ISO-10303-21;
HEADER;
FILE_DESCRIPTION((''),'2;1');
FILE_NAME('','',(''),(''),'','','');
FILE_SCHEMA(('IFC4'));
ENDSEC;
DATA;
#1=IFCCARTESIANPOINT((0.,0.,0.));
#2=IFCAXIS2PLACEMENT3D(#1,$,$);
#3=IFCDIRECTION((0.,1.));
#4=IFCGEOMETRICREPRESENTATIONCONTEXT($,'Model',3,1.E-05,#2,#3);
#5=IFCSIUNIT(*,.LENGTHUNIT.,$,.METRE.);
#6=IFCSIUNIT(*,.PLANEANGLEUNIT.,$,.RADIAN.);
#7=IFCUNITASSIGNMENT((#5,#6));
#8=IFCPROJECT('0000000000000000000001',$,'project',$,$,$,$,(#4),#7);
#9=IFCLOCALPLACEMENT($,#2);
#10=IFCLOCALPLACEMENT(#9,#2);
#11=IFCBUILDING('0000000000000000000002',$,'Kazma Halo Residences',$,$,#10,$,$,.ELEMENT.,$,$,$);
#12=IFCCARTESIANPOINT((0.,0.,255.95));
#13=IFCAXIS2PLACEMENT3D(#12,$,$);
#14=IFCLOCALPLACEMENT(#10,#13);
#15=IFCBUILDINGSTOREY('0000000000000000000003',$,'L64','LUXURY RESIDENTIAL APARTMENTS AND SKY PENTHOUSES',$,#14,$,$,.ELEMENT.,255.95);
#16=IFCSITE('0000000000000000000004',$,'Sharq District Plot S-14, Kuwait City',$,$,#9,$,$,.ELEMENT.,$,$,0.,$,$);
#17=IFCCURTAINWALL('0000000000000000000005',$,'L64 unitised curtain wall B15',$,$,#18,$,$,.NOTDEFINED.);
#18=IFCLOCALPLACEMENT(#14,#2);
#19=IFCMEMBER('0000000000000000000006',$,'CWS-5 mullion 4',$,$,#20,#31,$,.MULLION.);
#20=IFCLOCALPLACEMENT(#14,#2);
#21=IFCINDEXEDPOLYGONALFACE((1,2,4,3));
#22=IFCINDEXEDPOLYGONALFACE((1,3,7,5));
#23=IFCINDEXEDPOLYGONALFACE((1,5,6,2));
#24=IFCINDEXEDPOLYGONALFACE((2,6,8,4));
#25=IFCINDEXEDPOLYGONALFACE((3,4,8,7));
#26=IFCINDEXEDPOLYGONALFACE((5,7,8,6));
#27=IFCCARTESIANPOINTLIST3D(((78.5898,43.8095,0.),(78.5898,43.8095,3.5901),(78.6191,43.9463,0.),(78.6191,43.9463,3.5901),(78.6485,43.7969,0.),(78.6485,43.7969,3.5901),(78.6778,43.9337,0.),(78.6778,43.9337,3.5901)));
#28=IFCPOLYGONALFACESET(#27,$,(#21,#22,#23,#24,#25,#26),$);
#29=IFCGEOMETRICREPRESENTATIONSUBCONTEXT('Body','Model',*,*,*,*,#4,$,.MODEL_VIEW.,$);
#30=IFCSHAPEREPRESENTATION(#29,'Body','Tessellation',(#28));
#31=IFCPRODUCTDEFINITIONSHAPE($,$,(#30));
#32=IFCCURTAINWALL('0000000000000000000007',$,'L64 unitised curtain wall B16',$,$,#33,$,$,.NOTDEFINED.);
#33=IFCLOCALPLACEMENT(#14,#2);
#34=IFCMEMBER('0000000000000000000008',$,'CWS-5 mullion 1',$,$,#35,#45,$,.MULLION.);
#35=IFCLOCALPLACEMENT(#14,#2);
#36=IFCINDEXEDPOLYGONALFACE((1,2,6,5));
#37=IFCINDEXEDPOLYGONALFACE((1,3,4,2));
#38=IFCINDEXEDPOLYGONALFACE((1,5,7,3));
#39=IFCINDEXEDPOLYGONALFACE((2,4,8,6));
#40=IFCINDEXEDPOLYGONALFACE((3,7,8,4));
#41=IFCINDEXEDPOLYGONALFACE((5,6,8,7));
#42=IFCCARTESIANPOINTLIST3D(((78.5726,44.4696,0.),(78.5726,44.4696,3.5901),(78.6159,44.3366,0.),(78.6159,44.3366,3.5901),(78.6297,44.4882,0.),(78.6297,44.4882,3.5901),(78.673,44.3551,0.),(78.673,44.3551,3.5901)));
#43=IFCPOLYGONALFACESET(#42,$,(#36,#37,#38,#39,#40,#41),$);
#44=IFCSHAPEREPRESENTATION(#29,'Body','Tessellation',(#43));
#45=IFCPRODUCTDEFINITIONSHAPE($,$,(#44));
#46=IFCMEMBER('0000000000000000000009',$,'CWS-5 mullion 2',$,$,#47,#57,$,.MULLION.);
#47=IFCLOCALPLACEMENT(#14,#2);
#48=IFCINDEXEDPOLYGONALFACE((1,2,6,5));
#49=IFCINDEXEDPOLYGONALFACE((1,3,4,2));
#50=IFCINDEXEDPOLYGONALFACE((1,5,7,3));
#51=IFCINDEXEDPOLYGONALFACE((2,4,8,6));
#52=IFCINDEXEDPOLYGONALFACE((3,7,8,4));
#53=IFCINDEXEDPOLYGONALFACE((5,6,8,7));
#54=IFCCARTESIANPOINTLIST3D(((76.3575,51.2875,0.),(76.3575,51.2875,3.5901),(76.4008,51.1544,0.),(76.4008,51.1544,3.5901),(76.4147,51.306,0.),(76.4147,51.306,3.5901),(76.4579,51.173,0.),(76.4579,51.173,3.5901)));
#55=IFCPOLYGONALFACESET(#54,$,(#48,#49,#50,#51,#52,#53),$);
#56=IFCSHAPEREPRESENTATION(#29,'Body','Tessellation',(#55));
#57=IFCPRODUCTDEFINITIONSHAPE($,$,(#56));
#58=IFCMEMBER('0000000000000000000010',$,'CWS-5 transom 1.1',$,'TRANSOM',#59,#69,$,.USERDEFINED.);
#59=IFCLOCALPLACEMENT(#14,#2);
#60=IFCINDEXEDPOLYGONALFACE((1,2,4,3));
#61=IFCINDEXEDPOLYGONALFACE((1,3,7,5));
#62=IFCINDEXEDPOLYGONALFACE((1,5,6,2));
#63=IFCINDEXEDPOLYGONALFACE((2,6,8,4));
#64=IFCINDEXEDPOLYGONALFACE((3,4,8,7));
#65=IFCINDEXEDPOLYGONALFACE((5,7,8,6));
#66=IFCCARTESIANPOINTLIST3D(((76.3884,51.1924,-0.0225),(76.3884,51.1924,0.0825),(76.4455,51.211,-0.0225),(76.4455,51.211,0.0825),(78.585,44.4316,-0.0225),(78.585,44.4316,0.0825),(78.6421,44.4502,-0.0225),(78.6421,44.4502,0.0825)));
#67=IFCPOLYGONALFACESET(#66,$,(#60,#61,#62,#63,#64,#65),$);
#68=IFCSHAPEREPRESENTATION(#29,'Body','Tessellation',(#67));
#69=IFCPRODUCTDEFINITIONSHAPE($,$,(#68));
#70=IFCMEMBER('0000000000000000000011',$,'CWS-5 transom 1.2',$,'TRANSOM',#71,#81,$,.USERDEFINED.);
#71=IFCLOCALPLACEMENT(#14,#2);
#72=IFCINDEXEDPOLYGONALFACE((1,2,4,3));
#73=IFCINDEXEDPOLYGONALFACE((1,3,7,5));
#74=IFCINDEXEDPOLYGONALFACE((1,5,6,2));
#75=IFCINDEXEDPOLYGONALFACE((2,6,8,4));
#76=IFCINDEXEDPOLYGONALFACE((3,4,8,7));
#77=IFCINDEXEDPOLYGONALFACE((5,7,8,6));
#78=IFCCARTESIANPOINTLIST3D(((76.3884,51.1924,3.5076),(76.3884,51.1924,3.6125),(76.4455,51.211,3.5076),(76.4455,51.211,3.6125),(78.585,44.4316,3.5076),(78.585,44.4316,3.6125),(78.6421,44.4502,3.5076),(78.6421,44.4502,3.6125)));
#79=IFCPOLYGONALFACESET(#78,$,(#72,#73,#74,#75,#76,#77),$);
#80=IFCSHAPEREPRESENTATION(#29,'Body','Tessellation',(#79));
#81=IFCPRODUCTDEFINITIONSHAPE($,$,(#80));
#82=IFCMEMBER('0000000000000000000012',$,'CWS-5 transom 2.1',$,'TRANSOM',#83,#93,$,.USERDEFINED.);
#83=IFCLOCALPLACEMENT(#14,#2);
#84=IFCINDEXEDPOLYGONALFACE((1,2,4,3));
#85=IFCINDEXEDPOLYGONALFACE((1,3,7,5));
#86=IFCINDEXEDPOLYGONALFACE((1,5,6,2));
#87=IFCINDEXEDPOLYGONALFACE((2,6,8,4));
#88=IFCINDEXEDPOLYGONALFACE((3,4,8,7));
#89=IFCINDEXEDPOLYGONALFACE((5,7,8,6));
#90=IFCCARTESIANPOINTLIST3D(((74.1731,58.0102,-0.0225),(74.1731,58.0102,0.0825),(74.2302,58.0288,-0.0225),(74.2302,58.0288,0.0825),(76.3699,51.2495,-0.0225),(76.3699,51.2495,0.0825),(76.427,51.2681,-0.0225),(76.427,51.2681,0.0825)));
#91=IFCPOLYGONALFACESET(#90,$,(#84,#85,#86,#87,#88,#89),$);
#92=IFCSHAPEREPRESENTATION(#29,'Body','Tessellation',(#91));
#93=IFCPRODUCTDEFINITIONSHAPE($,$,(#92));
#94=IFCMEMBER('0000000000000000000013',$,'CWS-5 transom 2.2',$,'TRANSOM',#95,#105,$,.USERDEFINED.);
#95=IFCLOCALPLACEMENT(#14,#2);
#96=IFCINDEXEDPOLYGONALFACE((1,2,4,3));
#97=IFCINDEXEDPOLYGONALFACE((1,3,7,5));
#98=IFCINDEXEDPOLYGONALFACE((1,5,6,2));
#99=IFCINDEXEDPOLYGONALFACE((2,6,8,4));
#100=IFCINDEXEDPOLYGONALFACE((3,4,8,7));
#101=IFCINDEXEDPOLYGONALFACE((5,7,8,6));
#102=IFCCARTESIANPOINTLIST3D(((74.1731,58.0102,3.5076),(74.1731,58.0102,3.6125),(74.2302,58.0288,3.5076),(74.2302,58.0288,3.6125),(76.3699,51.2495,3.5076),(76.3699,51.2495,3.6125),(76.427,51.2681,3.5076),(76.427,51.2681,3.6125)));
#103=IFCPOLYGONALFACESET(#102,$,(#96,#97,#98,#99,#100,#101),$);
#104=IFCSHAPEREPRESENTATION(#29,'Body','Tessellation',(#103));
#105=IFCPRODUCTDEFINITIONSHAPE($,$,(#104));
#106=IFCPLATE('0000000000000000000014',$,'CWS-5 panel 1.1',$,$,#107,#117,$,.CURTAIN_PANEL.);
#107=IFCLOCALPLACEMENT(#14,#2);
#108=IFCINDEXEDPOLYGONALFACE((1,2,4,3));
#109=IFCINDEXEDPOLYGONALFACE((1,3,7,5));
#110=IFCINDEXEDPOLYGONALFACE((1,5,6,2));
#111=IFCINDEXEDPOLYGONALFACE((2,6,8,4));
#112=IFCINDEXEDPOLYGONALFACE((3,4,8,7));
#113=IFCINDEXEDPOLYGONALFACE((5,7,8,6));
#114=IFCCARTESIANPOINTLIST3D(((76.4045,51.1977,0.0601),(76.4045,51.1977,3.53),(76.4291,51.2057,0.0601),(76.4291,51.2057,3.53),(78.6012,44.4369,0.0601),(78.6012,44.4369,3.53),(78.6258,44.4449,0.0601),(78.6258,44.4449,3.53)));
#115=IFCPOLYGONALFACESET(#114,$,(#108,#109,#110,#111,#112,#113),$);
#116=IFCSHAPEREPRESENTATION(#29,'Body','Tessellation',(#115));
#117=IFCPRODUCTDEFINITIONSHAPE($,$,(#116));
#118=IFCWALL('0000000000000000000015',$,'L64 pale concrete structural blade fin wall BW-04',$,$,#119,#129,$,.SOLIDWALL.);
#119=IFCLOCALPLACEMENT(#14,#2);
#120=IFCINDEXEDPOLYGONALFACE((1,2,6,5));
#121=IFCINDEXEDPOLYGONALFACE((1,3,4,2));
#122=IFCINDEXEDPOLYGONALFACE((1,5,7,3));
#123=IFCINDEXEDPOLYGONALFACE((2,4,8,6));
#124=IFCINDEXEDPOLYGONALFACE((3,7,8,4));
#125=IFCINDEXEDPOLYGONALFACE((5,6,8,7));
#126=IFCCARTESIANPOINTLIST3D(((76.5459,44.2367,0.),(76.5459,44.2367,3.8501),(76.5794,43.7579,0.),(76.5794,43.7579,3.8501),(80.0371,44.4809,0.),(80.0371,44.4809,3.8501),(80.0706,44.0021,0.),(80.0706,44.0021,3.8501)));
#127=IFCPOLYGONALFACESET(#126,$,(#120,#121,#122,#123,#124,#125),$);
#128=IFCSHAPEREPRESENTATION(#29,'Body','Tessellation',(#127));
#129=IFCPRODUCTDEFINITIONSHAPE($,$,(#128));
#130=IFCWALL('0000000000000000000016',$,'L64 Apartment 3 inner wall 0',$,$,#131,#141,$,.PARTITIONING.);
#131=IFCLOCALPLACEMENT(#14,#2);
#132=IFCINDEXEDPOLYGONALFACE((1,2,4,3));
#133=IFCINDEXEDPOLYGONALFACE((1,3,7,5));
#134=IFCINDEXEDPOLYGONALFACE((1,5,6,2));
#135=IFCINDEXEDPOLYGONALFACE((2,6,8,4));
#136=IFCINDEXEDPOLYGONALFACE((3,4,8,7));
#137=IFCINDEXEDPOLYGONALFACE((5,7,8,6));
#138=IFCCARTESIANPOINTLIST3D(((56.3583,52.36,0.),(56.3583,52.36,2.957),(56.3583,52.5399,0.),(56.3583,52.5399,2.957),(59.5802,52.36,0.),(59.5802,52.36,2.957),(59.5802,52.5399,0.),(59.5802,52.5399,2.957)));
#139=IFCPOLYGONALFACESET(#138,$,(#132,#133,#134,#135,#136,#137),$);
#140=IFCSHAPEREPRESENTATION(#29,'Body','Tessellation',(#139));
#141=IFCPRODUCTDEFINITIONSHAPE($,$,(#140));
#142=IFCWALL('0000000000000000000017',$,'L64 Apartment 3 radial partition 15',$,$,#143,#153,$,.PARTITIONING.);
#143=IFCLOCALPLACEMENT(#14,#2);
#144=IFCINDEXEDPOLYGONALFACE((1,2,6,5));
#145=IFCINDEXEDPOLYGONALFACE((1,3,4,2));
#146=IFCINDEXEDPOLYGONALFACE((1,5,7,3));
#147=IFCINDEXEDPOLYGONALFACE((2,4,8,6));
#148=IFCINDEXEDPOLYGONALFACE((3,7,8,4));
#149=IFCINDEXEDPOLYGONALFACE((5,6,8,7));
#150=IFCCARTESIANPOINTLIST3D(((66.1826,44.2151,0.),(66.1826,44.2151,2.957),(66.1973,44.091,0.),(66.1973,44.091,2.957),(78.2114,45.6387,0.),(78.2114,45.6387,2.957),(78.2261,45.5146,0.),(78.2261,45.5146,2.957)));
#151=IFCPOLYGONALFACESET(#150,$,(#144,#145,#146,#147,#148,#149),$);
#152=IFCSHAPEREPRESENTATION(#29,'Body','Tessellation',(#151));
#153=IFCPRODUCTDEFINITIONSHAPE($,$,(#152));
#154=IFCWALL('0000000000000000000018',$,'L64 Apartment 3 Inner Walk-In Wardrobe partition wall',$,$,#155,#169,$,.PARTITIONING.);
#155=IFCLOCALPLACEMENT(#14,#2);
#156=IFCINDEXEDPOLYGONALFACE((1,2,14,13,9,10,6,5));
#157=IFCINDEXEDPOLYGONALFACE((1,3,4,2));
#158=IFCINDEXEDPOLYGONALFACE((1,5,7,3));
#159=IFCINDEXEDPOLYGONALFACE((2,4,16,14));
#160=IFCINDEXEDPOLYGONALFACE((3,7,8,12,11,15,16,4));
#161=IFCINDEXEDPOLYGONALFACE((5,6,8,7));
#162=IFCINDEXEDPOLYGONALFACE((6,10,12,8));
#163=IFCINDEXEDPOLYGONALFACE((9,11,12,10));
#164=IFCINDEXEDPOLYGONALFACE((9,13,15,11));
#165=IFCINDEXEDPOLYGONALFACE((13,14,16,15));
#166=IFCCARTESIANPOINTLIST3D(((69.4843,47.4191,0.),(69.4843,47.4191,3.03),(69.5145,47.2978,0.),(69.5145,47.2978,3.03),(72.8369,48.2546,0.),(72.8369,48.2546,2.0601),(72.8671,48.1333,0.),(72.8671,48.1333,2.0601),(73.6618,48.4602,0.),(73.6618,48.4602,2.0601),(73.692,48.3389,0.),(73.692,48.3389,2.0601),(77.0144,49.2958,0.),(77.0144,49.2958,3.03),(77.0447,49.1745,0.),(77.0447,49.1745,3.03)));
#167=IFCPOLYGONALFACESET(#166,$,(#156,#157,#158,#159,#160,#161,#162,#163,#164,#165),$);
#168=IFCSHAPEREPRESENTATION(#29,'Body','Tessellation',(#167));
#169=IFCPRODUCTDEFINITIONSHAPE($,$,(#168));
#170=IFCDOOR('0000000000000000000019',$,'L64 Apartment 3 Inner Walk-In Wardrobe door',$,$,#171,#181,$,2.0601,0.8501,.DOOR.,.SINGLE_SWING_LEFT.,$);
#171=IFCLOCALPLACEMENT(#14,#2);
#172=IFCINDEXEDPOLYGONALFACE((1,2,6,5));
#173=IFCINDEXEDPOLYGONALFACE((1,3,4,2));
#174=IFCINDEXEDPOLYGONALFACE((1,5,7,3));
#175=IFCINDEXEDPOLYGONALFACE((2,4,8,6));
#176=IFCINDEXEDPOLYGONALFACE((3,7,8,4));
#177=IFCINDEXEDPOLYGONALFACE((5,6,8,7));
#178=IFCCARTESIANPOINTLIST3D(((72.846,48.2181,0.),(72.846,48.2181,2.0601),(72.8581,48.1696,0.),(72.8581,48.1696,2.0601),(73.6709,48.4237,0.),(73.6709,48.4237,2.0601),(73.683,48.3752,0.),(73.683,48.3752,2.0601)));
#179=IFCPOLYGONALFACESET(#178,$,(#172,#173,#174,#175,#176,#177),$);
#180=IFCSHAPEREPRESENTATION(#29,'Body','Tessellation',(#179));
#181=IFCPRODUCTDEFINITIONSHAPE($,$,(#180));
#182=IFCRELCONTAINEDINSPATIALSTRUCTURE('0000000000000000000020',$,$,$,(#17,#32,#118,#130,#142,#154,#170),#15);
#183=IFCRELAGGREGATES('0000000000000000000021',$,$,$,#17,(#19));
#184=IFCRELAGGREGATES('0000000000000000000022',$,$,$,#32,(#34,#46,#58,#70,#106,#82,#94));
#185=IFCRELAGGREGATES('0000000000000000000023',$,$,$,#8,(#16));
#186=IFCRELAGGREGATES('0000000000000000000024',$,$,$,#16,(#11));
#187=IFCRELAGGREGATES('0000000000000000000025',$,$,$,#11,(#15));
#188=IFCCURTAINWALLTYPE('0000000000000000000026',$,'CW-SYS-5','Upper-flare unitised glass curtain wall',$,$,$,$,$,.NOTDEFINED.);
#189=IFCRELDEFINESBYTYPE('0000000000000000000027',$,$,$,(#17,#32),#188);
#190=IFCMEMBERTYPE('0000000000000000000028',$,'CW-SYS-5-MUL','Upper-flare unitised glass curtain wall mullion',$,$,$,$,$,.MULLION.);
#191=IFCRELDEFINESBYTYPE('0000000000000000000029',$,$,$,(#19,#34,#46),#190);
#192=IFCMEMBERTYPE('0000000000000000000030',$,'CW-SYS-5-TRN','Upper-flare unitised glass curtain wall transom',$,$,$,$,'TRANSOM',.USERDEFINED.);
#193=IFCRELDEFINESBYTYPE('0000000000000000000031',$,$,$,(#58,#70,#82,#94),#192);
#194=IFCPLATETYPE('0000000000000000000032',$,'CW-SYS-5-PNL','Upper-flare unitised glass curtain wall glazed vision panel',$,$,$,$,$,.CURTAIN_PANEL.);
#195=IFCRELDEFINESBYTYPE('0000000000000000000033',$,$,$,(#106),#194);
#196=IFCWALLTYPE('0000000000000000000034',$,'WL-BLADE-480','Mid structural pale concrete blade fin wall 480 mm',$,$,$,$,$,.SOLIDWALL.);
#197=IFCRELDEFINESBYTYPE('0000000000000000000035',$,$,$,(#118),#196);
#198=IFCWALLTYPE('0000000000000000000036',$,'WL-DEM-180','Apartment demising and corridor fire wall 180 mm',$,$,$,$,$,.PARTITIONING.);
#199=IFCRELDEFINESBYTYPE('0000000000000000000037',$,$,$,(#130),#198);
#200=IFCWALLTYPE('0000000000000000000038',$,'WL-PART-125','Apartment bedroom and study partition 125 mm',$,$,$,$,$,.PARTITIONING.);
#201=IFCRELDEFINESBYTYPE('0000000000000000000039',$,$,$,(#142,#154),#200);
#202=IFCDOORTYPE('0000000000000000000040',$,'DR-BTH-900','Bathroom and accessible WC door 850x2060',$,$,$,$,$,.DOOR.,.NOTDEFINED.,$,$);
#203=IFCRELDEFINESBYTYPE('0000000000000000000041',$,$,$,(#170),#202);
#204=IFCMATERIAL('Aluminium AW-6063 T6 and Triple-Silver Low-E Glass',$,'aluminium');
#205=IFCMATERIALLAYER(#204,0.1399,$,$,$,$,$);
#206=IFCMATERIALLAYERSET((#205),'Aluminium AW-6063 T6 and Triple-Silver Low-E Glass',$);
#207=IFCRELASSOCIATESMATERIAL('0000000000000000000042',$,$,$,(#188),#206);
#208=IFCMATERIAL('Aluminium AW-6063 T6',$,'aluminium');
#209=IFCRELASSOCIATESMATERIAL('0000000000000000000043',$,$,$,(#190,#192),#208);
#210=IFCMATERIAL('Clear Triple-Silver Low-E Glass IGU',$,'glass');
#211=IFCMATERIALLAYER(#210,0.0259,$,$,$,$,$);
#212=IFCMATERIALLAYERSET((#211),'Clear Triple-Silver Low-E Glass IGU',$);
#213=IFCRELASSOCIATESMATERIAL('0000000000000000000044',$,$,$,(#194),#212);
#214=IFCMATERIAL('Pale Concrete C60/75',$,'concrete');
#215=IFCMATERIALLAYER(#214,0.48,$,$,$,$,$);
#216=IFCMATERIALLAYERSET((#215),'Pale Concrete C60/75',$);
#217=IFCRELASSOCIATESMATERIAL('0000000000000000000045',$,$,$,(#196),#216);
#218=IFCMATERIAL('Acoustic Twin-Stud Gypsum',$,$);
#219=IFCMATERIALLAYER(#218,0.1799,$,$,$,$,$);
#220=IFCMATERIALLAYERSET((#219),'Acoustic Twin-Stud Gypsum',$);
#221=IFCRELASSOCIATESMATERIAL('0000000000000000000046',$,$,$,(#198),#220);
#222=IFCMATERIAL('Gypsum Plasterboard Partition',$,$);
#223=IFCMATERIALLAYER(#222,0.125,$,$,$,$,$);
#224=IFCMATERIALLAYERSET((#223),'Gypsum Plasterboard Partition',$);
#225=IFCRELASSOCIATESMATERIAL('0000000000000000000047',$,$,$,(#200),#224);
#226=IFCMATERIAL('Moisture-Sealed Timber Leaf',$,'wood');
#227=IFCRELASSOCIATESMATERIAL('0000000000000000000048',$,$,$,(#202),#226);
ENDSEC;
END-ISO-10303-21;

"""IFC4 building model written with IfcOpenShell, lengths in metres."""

from ifc_helpers import new_model, si_unit, direction, frame, frame_2d, origin, origin_2d, place, context, subcontext, project, spatial, rectangle, extrude, material, layer, layer_set, material_profile, profile_set, type_object, element, fill, aggregate, save


model = new_model("IFC4")

# Units and contexts
model_context = context("Model", 3, precision=1e-05, world=origin(), true_north=direction((0.0, 1.0)))
body_context = subcontext(model_context, "Body", "Model", "MODEL_VIEW")
ifc_project = project(units=[si_unit("LENGTHUNIT", "METRE"), si_unit("PLANEANGLEUNIT", "RADIAN")], contexts=[model_context])

# Site, building, storey
site_placement = place(None, origin())
site = spatial("IfcSite", under=ifc_project, at=site_placement, Name="Sharq District Plot S-14, Kuwait City", CompositionType="ELEMENT", RefElevation=0.0)
building_placement = place(site_placement, origin())
building = spatial("IfcBuilding", under=site, at=building_placement, Name="Kazma Halo Residences", CompositionType="ELEMENT")
storey_placement = place(building_placement, frame((0.0, 0.0, 255.95)))
storey = spatial("IfcBuildingStorey", under=building, at=storey_placement, Name="L64", Description="LUXURY RESIDENTIAL APARTMENTS AND SKY PENTHOUSES", CompositionType="ELEMENT", Elevation=255.95)

# Curtain wall, member
ifc_material_1 = material(Name="Aluminium AW-6063 T6 and Triple-Silver Low-E Glass", Category="aluminium")
ifc_layer_1 = layer(ifc_material_1, 0.1399)
ifc_layer_set_1 = layer_set([ifc_layer_1], Name="Aluminium AW-6063 T6 and Triple-Silver Low-E Glass")
curtain_wall_type = type_object("IfcCurtainWallType", Name="CW-SYS-5", Description="Upper-flare unitised glass curtain wall", PredefinedType="NOTDEFINED", material=ifc_layer_set_1)
curtain_wall_1_placement = place(storey_placement, origin())
curtain_wall_1 = element("IfcCurtainWall", 1, at=curtain_wall_1_placement, inside=storey, type_object=curtain_wall_type, Name="L64 unitised curtain wall B15", PredefinedType="NOTDEFINED")
ifc_material_2 = material(Name="Aluminium AW-6063 T6", Category="aluminium")
ifc_material_profile_1 = material_profile(ifc_material_2, rectangle(XDim=0.0601, YDim=0.1399, at=origin_2d()), Name="CWM-60x140")
ifc_profile_set_1 = profile_set([ifc_material_profile_1], Name="Aluminium AW-6063 T6")
member_type_1 = type_object("IfcMemberType", Name="CW-SYS-5-MUL", Description="Upper-flare unitised glass curtain wall mullion", PredefinedType="MULLION", material=ifc_profile_set_1)
member_1_placement = place(storey_placement, frame((78.6338, 43.8716, 0.0), z_axis=(0.0, 0.0, 1.0), x_axis=(-0.977775, 0.209657, 0.0)))
member_1 = element("IfcMember", 2, at=member_1_placement, type_object=member_type_1, Name="CWS-5 mullion 4", PredefinedType="MULLION", context=body_context, shape_type="SweptSolid", body=[
    extrude(rectangle(XDim=0.0601, YDim=0.1399, at=origin_2d()), origin(), (0.0, 0.0, 1.0), 3.5901),
])
aggregate(curtain_wall_1, [member_1])

# Curtain wall, members, plate
curtain_wall_2_placement = place(storey_placement, origin())
curtain_wall_2 = element("IfcCurtainWall", 3, at=curtain_wall_2_placement, inside=storey, type_object=curtain_wall_type, Name="L64 unitised curtain wall B16", PredefinedType="NOTDEFINED")
member_2_placement = place(storey_placement, frame((78.6228, 44.4124, 0.0), z_axis=(0.0, 0.0, 1.0), x_axis=(-0.951058, -0.309011, 0.0)))
member_2 = element("IfcMember", 4, at=member_2_placement, type_object=member_type_1, Name="CWS-5 mullion 1", PredefinedType="MULLION", context=body_context, shape_type="SweptSolid", body=[
    extrude(rectangle(XDim=0.0601, YDim=0.1399, at=origin_2d()), origin(), (0.0, 0.0, 1.0), 3.5901),
])
member_3_placement = place(storey_placement, frame((76.4077, 51.2302, 0.0), z_axis=(0.0, 0.0, 1.0), x_axis=(-0.951058, -0.309011, 0.0)))
member_3 = element("IfcMember", 5, at=member_3_placement, type_object=member_type_1, Name="CWS-5 mullion 2", PredefinedType="MULLION", context=body_context, shape_type="SweptSolid", body=[
    extrude(rectangle(XDim=0.0601, YDim=0.1399, at=origin_2d()), origin(), (0.0, 0.0, 1.0), 3.5901),
])
ifc_material_profile_2 = material_profile(ifc_material_2, rectangle(XDim=0.0601, YDim=0.105, at=origin_2d()), Name="CWT-60x105")
ifc_profile_set_2 = profile_set([ifc_material_profile_2], Name="Aluminium AW-6063 T6")
member_type_2 = type_object("IfcMemberType", Name="CW-SYS-5-TRN", Description="Upper-flare unitised glass curtain wall transom", ElementType="TRANSOM", PredefinedType="USERDEFINED", material=ifc_profile_set_2)
member_4_placement = place(storey_placement, frame((78.6135, 44.4409, 0.03), z_axis=(-0.308996, 0.951063, 0.0), x_axis=(-0.951063, -0.308996, 0.0)))
member_4 = element("IfcMember", 6, at=member_4_placement, type_object=member_type_2, Name="CWS-5 transom 1.1", ObjectType="TRANSOM", PredefinedType="USERDEFINED", context=body_context, shape_type="SweptSolid", body=[
    extrude(rectangle(XDim=0.0601, YDim=0.105, at=origin_2d()), origin(), (0.0, 0.0, 1.0), 7.1086),
])
member_5_placement = place(storey_placement, frame((78.6135, 44.4409, 3.5601), z_axis=(-0.308996, 0.951063, 0.0), x_axis=(-0.951063, -0.308996, 0.0)))
member_5 = element("IfcMember", 7, at=member_5_placement, type_object=member_type_2, Name="CWS-5 transom 1.2", ObjectType="TRANSOM", PredefinedType="USERDEFINED", context=body_context, shape_type="SweptSolid", body=[
    extrude(rectangle(XDim=0.0601, YDim=0.105, at=origin_2d()), origin(), (0.0, 0.0, 1.0), 7.1086),
])
member_6_placement = place(storey_placement, frame((76.3984, 51.2588, 0.03), z_axis=(-0.309027, 0.951053, 0.0), x_axis=(-0.951053, -0.309027, 0.0)))
member_6 = element("IfcMember", 8, at=member_6_placement, type_object=member_type_2, Name="CWS-5 transom 2.1", ObjectType="TRANSOM", PredefinedType="USERDEFINED", context=body_context, shape_type="SweptSolid", body=[
    extrude(rectangle(XDim=0.0601, YDim=0.105, at=origin_2d()), origin(), (0.0, 0.0, 1.0), 7.1086),
])
member_7_placement = place(storey_placement, frame((76.3984, 51.2588, 3.5601), z_axis=(-0.309027, 0.951053, 0.0), x_axis=(-0.951053, -0.309027, 0.0)))
member_7 = element("IfcMember", 9, at=member_7_placement, type_object=member_type_2, Name="CWS-5 transom 2.2", ObjectType="TRANSOM", PredefinedType="USERDEFINED", context=body_context, shape_type="SweptSolid", body=[
    extrude(rectangle(XDim=0.0601, YDim=0.105, at=origin_2d()), origin(), (0.0, 0.0, 1.0), 7.1086),
])
ifc_material_3 = material(Name="Clear Triple-Silver Low-E Glass IGU", Category="glass")
ifc_layer_2 = layer(ifc_material_3, 0.0259)
ifc_layer_set_2 = layer_set([ifc_layer_2], Name="Clear Triple-Silver Low-E Glass IGU")
plate_type = type_object("IfcPlateType", Name="CW-SYS-5-PNL", Description="Upper-flare unitised glass curtain wall glazed vision panel", PredefinedType="CURTAIN_PANEL", material=ifc_layer_set_2)
plate_placement = place(storey_placement, frame((77.5151, 47.8213, 0.0601), z_axis=(0.0, 0.0, 1.0), x_axis=(-0.309011, 0.951058, 0.0)))
plate = element("IfcPlate", 10, at=plate_placement, type_object=plate_type, Name="CWS-5 panel 1.1", PredefinedType="CURTAIN_PANEL", context=body_context, shape_type="SweptSolid", body=[
    extrude(rectangle(XDim=7.1086, YDim=0.0259, at=origin_2d()), origin(), (0.0, 0.0, 1.0), 3.47),
])
aggregate(curtain_wall_2, [member_2, member_3, member_4, member_5, plate, member_6, member_7])

# Walls
ifc_material_4 = material(Name="Pale Concrete C60/75", Category="concrete")
ifc_layer_3 = layer(ifc_material_4, 0.48)
ifc_layer_set_3 = layer_set([ifc_layer_3], Name="Pale Concrete C60/75")
wall_type_1 = type_object("IfcWallType", Name="WL-BLADE-480", Description="Mid structural pale concrete blade fin wall 480 mm", PredefinedType="SOLIDWALL", material=ifc_layer_set_3)
wall_1_placement = place(storey_placement, frame((76.5625, 43.9973, 0.0), z_axis=(0.0, 0.0, 1.0), x_axis=(0.997564, 0.06976, 0.0)))
element("IfcWall", 11, at=wall_1_placement, inside=storey, type_object=wall_type_1, Name="L64 pale concrete structural blade fin wall BW-04", PredefinedType="SOLIDWALL", context=body_context, shape_type="SweptSolid", body=[
    extrude(rectangle(XDim=3.4998, YDim=0.48, at=frame_2d((1.75, 0.0))), origin(), (0.0, 0.0, 1.0), 3.8501),
])
ifc_material_5 = material(Name="Acoustic Twin-Stud Gypsum")
ifc_layer_4 = layer(ifc_material_5, 0.1799)
ifc_layer_set_4 = layer_set([ifc_layer_4], Name="Acoustic Twin-Stud Gypsum")
wall_type_2 = type_object("IfcWallType", Name="WL-DEM-180", Description="Apartment demising and corridor fire wall 180 mm", PredefinedType="PARTITIONING", material=ifc_layer_set_4)
wall_2_placement = place(storey_placement, frame((59.5801, 52.45, 0.0), z_axis=(0.0, 0.0, 1.0), x_axis=(-1.0, 0.0, 0.0)))
element("IfcWall", 12, at=wall_2_placement, inside=storey, type_object=wall_type_2, Name="L64 Apartment 3 inner wall 0", PredefinedType="PARTITIONING", context=body_context, shape_type="SweptSolid", body=[
    extrude(rectangle(XDim=3.2219, YDim=0.1799, at=frame_2d((1.6108, 0.0))), origin(), (0.0, 0.0, 1.0), 2.957),
])
ifc_material_6 = material(Name="Gypsum Plasterboard Partition")
ifc_layer_5 = layer(ifc_material_6, 0.125)
ifc_layer_set_5 = layer_set([ifc_layer_5], Name="Gypsum Plasterboard Partition")
wall_type_3 = type_object("IfcWallType", Name="WL-PART-125", Description="Apartment bedroom and study partition 125 mm", PredefinedType="PARTITIONING", material=ifc_layer_set_5)
wall_3_placement = place(storey_placement, frame((66.1899, 44.1531, 0.0), z_axis=(0.0, 0.0, 1.0), x_axis=(0.99307, 0.117528, 0.0)))
element("IfcWall", 13, at=wall_3_placement, inside=storey, type_object=wall_type_3, Name="L64 Apartment 3 radial partition 15", PredefinedType="PARTITIONING", context=body_context, shape_type="SweptSolid", body=[
    extrude(rectangle(XDim=12.1128, YDim=0.125, at=frame_2d((6.0564, 0.0))), origin(), (0.0, 0.0, 1.0), 2.957),
])

# Wall, opening, door
wall_4_placement = place(storey_placement, frame((69.4993, 47.3584, 0.0), z_axis=(0.0, 0.0, 1.0), x_axis=(0.97032, 0.241825, 0.0)))
wall_4 = element("IfcWall", 14, at=wall_4_placement, inside=storey, type_object=wall_type_3, Name="L64 Apartment 3 Inner Walk-In Wardrobe partition wall", PredefinedType="PARTITIONING", context=body_context, shape_type="SweptSolid", body=[
    extrude(rectangle(XDim=7.7605, YDim=0.125, at=frame_2d((3.8804, 0.0))), origin(), (0.0, 0.0, 1.0), 3.03),
])
opening_1_placement = place(wall_4_placement, frame((3.4553, 0.0, 0.0)))
opening_1 = element("IfcOpeningElement", 15, at=opening_1_placement, cuts=wall_4, PredefinedType="OPENING", context=body_context, shape_type="SweptSolid", body=[
    extrude(rectangle(XDim=0.8501, YDim=2.0601, at=frame_2d((0.425, 1.03))), frame((0.0, 0.0725, 0.0), z_axis=(0.0, -1.0, 0.0), x_axis=(1.0, 0.0, 0.0)), (0.0, 0.0, 1.0), 0.145),
])
ifc_material_7 = material(Name="Moisture-Sealed Timber Leaf", Category="wood")
door_type = type_object("IfcDoorType", Name="DR-BTH-900", Description="Bathroom and accessible WC door 850x2060", OperationType="NOTDEFINED", PredefinedType="DOOR", material=ifc_material_7)
door_1_placement = place(opening_1_placement, origin())
door_1 = element("IfcDoor", 16, at=door_1_placement, inside=storey, type_object=door_type, Name="L64 Apartment 3 Inner Walk-In Wardrobe door", OperationType="SINGLE_SWING_LEFT", OverallHeight=2.0601, OverallWidth=0.8501, PredefinedType="DOOR", context=body_context, shape_type="SweptSolid", body=[
    extrude(rectangle(XDim=0.8501, YDim=2.0601, at=frame_2d((0.425, 1.03))), frame((0.0, 0.0249, 0.0), z_axis=(0.0, -1.0, 0.0), x_axis=(1.0, 0.0, 0.0)), (0.0, 0.0, 1.0), 0.05),
])
fill(opening_1, door_1)

save(model, "model.ifc")
